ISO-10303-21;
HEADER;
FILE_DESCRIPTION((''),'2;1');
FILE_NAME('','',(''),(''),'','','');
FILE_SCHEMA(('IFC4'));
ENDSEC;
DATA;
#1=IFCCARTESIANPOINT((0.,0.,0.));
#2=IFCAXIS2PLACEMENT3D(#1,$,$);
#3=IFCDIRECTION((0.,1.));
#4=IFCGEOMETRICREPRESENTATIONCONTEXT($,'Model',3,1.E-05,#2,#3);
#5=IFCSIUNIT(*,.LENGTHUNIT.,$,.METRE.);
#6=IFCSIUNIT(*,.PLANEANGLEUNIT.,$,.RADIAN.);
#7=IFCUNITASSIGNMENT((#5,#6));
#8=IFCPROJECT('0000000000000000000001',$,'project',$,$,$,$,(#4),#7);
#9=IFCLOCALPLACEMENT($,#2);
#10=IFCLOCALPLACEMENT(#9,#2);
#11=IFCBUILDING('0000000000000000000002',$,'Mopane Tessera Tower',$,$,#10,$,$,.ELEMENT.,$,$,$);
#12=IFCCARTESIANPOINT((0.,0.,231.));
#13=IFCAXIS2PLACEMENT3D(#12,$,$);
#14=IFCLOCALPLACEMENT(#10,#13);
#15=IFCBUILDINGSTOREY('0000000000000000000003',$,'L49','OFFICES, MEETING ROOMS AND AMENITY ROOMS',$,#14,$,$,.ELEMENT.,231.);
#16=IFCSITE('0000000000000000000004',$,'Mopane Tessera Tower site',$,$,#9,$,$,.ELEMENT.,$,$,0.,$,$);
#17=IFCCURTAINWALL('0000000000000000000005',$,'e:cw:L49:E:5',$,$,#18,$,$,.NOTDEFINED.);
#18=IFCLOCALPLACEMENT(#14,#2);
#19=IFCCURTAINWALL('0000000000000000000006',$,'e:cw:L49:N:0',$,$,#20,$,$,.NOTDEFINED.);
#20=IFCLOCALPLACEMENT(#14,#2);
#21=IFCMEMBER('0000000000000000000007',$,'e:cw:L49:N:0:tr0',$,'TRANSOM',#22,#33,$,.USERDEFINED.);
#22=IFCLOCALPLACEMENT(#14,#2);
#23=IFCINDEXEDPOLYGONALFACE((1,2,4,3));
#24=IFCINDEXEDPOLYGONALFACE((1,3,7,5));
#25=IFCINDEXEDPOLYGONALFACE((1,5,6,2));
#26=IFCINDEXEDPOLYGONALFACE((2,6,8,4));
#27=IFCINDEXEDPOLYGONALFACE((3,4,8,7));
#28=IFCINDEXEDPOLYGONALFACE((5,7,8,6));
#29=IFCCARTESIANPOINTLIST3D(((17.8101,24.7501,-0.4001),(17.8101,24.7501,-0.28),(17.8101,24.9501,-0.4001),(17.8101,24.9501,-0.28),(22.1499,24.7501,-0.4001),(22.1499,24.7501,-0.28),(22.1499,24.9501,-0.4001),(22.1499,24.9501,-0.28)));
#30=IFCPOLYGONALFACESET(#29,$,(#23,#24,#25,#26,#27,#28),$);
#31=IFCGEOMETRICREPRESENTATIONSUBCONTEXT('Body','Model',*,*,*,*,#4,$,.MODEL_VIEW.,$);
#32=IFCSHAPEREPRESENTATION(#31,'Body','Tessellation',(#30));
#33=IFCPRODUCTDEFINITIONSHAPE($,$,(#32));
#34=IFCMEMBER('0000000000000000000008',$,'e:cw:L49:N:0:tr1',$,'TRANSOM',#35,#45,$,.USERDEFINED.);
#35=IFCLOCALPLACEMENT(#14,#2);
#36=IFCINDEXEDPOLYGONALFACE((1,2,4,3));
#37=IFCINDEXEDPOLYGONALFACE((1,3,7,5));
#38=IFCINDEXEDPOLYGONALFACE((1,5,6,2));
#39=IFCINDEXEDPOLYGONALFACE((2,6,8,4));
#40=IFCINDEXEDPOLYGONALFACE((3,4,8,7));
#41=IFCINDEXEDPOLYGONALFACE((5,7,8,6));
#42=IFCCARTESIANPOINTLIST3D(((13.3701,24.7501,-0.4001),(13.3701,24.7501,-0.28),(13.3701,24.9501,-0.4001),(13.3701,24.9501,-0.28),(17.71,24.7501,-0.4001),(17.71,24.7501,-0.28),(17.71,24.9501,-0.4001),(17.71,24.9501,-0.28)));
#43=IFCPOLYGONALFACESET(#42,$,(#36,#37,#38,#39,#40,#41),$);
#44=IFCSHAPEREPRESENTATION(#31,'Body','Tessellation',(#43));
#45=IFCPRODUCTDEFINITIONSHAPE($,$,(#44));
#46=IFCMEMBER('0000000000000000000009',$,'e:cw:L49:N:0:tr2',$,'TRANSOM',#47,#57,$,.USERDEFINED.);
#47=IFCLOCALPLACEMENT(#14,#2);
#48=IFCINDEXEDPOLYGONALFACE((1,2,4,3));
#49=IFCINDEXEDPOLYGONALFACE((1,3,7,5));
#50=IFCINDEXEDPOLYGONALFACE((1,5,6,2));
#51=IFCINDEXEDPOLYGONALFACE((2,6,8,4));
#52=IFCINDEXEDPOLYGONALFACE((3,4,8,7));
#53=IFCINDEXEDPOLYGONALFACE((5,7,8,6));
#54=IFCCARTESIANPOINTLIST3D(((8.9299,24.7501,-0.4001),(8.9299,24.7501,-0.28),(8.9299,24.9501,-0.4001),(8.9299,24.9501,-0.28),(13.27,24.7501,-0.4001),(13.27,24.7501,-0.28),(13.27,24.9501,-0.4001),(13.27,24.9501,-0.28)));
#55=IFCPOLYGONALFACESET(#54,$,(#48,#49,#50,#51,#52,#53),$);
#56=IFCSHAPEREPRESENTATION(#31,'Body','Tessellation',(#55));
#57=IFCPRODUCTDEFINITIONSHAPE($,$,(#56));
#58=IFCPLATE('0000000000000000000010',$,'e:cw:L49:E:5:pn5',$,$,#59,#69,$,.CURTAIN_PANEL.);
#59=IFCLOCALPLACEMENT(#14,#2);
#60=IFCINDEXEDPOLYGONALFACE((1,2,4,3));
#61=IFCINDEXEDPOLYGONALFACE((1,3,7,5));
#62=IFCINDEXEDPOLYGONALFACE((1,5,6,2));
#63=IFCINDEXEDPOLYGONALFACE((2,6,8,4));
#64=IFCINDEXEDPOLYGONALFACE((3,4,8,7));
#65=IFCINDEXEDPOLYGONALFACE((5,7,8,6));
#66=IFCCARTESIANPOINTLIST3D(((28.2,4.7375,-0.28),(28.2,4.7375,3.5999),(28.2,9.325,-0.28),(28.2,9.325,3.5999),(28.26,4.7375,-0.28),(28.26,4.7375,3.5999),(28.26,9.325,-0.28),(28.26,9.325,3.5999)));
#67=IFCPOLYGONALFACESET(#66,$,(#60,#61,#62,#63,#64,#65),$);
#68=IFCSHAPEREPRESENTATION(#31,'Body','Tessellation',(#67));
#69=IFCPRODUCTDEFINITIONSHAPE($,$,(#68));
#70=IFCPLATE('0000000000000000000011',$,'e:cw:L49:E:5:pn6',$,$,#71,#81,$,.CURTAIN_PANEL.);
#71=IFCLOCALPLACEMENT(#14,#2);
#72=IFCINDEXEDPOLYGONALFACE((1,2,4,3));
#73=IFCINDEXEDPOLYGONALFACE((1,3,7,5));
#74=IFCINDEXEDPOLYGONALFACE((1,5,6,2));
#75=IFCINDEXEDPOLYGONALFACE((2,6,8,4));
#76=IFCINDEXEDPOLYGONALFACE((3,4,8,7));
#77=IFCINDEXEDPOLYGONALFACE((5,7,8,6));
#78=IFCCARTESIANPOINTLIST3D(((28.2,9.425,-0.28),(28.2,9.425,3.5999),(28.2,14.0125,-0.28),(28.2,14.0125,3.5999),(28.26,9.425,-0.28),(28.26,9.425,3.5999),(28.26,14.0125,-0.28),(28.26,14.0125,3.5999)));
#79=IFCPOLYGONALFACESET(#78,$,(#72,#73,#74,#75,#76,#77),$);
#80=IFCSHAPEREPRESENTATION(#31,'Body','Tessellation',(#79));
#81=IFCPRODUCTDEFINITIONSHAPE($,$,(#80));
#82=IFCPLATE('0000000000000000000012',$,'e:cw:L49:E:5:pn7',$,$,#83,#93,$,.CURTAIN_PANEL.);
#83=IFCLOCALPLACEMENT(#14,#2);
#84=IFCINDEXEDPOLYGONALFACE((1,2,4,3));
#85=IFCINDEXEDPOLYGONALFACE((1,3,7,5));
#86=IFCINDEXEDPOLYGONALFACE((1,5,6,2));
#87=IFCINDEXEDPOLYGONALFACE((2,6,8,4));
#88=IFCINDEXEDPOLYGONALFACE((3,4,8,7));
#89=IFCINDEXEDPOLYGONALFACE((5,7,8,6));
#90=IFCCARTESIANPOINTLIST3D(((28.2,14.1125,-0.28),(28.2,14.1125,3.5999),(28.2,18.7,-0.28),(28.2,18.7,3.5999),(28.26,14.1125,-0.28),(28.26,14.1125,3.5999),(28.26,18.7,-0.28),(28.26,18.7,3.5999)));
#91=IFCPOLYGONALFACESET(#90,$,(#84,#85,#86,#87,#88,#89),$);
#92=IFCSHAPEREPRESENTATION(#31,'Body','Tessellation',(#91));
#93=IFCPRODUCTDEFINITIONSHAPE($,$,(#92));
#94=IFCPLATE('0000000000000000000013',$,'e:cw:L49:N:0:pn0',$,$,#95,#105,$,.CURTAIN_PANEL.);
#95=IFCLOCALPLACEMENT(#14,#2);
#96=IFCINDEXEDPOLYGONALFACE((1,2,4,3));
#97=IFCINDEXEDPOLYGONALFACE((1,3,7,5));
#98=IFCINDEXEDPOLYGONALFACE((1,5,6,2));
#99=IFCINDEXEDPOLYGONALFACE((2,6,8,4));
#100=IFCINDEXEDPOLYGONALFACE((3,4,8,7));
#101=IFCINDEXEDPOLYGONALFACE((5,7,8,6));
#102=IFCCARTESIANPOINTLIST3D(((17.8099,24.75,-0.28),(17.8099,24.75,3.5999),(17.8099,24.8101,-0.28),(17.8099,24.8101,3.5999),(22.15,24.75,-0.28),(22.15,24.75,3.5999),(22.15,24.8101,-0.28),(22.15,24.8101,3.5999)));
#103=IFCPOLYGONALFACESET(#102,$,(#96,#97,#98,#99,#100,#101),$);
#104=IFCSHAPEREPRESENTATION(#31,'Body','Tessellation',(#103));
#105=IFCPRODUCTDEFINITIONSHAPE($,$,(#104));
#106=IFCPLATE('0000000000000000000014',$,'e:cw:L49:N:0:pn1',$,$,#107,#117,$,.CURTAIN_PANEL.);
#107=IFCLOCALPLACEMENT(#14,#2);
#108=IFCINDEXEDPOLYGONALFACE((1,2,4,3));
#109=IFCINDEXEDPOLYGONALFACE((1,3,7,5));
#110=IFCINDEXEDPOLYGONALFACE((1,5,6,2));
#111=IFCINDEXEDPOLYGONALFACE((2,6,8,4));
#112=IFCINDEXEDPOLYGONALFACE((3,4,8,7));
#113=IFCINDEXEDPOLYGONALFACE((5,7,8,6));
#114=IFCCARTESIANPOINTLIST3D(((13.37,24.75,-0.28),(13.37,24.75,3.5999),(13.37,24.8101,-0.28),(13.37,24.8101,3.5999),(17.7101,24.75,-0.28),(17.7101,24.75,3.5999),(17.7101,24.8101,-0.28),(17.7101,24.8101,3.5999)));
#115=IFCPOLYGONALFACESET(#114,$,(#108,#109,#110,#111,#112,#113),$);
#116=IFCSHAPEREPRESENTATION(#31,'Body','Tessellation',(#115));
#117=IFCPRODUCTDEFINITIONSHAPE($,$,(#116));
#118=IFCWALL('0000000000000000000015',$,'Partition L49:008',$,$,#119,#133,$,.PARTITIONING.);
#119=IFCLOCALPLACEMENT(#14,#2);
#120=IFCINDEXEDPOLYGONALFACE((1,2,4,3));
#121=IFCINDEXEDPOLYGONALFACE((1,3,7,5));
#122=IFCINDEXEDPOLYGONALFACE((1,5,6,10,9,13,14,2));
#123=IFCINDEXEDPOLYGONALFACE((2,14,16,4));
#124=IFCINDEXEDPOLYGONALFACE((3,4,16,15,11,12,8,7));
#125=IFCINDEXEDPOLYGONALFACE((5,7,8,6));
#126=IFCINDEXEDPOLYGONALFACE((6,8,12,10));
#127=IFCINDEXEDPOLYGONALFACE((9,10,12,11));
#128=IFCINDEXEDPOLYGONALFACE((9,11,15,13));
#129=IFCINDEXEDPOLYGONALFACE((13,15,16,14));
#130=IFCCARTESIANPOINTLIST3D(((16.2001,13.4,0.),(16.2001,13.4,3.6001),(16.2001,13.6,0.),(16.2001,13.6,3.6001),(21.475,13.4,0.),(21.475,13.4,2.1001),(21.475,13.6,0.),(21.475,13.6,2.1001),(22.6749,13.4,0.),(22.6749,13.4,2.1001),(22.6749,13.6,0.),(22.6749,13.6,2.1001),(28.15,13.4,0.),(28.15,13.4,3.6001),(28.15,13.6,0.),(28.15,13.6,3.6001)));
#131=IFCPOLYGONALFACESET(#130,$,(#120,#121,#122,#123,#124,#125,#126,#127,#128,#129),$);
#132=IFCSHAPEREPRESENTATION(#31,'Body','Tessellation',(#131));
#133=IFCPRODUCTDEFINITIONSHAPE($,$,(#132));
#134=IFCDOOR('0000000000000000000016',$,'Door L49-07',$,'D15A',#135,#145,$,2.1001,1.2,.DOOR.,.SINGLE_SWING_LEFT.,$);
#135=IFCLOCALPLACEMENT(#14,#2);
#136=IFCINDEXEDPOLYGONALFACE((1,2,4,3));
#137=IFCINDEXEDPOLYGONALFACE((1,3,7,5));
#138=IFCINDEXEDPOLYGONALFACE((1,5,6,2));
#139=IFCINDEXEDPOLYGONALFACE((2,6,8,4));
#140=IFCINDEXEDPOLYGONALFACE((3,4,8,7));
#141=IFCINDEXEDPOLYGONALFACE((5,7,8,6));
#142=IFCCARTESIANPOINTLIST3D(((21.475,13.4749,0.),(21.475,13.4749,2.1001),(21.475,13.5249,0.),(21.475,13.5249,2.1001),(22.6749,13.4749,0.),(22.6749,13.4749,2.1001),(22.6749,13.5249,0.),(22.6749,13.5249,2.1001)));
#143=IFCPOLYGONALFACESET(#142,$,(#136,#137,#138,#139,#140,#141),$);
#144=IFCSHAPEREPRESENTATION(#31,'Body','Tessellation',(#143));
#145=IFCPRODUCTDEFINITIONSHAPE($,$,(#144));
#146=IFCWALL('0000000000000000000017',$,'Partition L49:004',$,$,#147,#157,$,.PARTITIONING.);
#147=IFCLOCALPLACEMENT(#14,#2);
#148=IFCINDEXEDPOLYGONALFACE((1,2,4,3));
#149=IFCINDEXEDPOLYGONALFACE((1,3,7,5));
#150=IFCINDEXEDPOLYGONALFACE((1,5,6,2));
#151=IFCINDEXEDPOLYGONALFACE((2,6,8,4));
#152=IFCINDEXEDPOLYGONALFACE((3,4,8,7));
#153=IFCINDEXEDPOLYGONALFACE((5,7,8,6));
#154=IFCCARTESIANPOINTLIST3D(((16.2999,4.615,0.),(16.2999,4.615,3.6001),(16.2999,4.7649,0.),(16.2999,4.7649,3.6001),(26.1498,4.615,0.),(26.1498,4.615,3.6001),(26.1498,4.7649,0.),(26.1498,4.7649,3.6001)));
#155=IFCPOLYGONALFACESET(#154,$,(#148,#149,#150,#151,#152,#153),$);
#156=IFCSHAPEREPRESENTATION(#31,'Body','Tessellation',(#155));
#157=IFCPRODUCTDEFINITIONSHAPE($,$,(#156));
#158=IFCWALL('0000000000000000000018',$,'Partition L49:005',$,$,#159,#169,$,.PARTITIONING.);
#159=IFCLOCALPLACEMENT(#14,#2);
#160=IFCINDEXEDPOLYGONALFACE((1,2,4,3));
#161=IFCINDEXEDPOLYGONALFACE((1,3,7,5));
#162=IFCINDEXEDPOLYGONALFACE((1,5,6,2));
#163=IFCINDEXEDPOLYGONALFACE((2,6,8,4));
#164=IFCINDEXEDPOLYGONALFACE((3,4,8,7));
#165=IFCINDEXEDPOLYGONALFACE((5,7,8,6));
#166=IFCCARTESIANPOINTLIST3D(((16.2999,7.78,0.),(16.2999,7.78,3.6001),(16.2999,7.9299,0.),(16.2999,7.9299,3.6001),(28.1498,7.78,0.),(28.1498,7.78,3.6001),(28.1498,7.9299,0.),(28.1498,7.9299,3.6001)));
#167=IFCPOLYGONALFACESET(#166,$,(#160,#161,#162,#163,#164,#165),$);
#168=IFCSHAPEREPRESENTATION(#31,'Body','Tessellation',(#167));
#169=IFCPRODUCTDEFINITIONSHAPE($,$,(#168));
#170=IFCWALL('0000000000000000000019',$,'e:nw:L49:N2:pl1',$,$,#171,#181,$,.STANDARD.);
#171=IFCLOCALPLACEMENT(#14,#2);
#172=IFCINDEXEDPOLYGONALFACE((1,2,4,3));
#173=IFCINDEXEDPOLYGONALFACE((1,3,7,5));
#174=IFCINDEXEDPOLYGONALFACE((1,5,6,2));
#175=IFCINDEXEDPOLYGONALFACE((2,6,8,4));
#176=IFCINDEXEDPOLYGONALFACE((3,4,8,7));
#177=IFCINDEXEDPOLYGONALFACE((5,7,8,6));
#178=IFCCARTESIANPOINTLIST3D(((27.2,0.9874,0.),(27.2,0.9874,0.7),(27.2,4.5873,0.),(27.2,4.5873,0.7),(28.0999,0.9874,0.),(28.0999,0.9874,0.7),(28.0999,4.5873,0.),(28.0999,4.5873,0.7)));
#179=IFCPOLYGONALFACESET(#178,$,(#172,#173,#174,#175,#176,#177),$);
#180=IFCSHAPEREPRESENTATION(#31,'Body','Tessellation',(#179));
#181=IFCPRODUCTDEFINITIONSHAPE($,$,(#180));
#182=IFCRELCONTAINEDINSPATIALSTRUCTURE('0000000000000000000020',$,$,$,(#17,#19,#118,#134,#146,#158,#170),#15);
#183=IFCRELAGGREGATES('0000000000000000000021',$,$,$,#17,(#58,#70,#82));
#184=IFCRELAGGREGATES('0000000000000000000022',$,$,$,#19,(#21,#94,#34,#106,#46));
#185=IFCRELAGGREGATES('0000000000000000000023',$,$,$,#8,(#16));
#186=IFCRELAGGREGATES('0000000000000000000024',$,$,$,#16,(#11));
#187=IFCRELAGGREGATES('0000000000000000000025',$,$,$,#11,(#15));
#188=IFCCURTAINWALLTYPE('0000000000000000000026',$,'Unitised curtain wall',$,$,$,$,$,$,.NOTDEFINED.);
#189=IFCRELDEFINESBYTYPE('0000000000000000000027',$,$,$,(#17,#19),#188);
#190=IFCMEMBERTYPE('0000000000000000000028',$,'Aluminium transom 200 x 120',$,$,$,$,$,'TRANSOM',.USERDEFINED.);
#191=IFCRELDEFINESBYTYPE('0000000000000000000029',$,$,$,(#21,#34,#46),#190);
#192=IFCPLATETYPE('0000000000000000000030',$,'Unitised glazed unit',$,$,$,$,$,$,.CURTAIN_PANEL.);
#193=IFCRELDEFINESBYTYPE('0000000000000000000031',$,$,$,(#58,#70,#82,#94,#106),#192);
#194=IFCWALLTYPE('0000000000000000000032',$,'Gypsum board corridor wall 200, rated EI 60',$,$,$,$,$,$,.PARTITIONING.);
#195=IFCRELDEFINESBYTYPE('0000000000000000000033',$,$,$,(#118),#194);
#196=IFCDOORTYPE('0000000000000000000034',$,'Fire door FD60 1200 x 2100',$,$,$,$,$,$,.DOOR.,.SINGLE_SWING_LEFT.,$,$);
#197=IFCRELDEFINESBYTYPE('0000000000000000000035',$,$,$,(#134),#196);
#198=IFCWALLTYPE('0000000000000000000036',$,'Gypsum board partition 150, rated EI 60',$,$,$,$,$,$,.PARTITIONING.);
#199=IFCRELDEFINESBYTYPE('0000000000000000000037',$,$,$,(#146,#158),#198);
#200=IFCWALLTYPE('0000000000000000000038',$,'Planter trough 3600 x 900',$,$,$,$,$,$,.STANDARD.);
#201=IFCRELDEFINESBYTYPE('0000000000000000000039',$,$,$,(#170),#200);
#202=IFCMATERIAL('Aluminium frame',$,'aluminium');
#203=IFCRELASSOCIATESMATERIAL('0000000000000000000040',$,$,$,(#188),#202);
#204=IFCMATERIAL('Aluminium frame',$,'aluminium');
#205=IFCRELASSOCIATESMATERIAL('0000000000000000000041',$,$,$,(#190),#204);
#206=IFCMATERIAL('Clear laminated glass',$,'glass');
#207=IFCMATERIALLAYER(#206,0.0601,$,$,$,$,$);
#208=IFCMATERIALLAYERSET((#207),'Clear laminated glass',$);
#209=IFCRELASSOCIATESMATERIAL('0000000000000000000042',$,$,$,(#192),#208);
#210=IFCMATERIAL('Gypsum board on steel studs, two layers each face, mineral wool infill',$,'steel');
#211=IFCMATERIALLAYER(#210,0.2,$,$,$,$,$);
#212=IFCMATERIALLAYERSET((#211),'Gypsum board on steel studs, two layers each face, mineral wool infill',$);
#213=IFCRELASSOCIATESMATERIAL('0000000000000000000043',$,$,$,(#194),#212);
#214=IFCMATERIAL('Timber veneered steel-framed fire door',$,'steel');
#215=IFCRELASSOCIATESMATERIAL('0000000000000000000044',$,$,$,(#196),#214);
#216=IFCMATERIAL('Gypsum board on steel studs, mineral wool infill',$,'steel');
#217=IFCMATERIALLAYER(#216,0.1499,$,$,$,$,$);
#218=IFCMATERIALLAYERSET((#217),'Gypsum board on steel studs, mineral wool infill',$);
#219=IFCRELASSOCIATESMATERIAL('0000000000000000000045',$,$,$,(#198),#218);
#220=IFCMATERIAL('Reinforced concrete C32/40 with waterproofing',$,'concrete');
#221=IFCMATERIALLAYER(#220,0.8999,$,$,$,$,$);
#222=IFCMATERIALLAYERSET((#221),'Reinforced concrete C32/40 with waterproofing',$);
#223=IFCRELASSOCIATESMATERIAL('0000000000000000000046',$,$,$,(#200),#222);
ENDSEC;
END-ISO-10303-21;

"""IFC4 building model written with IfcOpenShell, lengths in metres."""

from ifc_helpers import new_model, si_unit, direction, frame, frame_2d, origin, origin_2d, place, context, subcontext, project, spatial, rectangle, extrude, material, layer, layer_set, material_profile, profile_set, type_object, element, fill, aggregate, save


model = new_model("IFC4")

# Units and contexts
model_context = context("Model", 3, precision=1e-05, world=origin(), true_north=direction((0.0, 1.0)))
body_context = subcontext(model_context, "Body", "Model", "MODEL_VIEW")
ifc_project = project(units=[si_unit("LENGTHUNIT", "METRE"), si_unit("PLANEANGLEUNIT", "RADIAN")], contexts=[model_context])

# Site, building, storey
site_placement = place(None, origin())
site = spatial("IfcSite", under=ifc_project, at=site_placement, Name="Mopane Tessera Tower site", CompositionType="ELEMENT", RefElevation=0.0)
building_placement = place(site_placement, origin())
building = spatial("IfcBuilding", under=site, at=building_placement, Name="Mopane Tessera Tower", CompositionType="ELEMENT")
storey_placement = place(building_placement, frame((0.0, 0.0, 231.0)))
storey = spatial("IfcBuildingStorey", under=building, at=storey_placement, Name="L49", Description="OFFICES, MEETING ROOMS AND AMENITY ROOMS", CompositionType="ELEMENT", Elevation=231.0)

# Curtain walls
ifc_material_1 = material(Name="Aluminium frame", Category="aluminium")
curtain_wall_type = type_object("IfcCurtainWallType", Name="Unitised curtain wall", PredefinedType="NOTDEFINED", material=ifc_material_1)
curtain_wall_1_placement = place(storey_placement, origin())
curtain_wall_1 = element("IfcCurtainWall", 1, at=curtain_wall_1_placement, inside=storey, type_object=curtain_wall_type, Name="e:cw:L49:E:5", PredefinedType="NOTDEFINED")
curtain_wall_2_placement = place(storey_placement, origin())
curtain_wall_2 = element("IfcCurtainWall", 2, at=curtain_wall_2_placement, inside=storey, type_object=curtain_wall_type, Name="e:cw:L49:N:0", PredefinedType="NOTDEFINED")

# Members
ifc_material_2 = material(Name="Aluminium frame", Category="aluminium")
ifc_material_profile_1 = material_profile(ifc_material_2, rectangle(XDim=0.2, YDim=0.1201, at=origin_2d()))
ifc_profile_set_1 = profile_set([ifc_material_profile_1], Name="Aluminium frame")
member_type_1 = type_object("IfcMemberType", Name="Aluminium transom 200 x 120", ElementType="TRANSOM", PredefinedType="USERDEFINED", material=ifc_profile_set_1)
member_1_placement = place(storey_placement, frame((22.1499, 24.8501, -0.3401), z_axis=(-1.0, 0.0, 0.0), x_axis=(0.0, -1.0, 0.0)))
member_1 = element("IfcMember", 3, at=member_1_placement, type_object=member_type_1, Name="e:cw:L49:N:0:tr0", ObjectType="TRANSOM", PredefinedType="USERDEFINED", context=body_context, shape_type="SweptSolid", body=[
    extrude(rectangle(XDim=0.2, YDim=0.1201, at=origin_2d()), origin(), (0.0, 0.0, 1.0), 4.3398),
])
member_2_placement = place(storey_placement, frame((17.71, 24.8501, -0.3401), z_axis=(-1.0, 0.0, 0.0), x_axis=(0.0, -1.0, 0.0)))
member_2 = element("IfcMember", 4, at=member_2_placement, type_object=member_type_1, Name="e:cw:L49:N:0:tr1", ObjectType="TRANSOM", PredefinedType="USERDEFINED", context=body_context, shape_type="SweptSolid", body=[
    extrude(rectangle(XDim=0.2, YDim=0.1201, at=origin_2d()), origin(), (0.0, 0.0, 1.0), 4.3398),
])
member_3_placement = place(storey_placement, frame((13.27, 24.8501, -0.3401), z_axis=(-1.0, 0.0, 0.0), x_axis=(0.0, -1.0, 0.0)))
member_3 = element("IfcMember", 5, at=member_3_placement, type_object=member_type_1, Name="e:cw:L49:N:0:tr2", ObjectType="TRANSOM", PredefinedType="USERDEFINED", context=body_context, shape_type="SweptSolid", body=[
    extrude(rectangle(XDim=0.2, YDim=0.1201, at=origin_2d()), origin(), (0.0, 0.0, 1.0), 4.3401),
])

# Plates
ifc_material_3 = material(Name="Clear laminated glass", Category="glass")
ifc_layer_1 = layer(ifc_material_3, 0.0601)
ifc_layer_set_1 = layer_set([ifc_layer_1], Name="Clear laminated glass")
plate_type = type_object("IfcPlateType", Name="Unitised glazed unit", PredefinedType="CURTAIN_PANEL", material=ifc_layer_set_1)
plate_1_placement = place(storey_placement, frame((28.23, 7.0312, -0.28), z_axis=(0.0, 0.0, 1.0), x_axis=(0.0, 1.0, 0.0)))
plate_1 = element("IfcPlate", 6, at=plate_1_placement, type_object=plate_type, Name="e:cw:L49:E:5:pn5", PredefinedType="CURTAIN_PANEL", context=body_context, shape_type="SweptSolid", body=[
    extrude(rectangle(XDim=4.5874, YDim=0.0601, at=origin_2d()), origin(), (0.0, 0.0, 1.0), 3.8799),
])
plate_2_placement = place(storey_placement, frame((28.23, 11.7188, -0.28), z_axis=(0.0, 0.0, 1.0), x_axis=(0.0, 1.0, 0.0)))
plate_2 = element("IfcPlate", 7, at=plate_2_placement, type_object=plate_type, Name="e:cw:L49:E:5:pn6", PredefinedType="CURTAIN_PANEL", context=body_context, shape_type="SweptSolid", body=[
    extrude(rectangle(XDim=4.5874, YDim=0.0601, at=origin_2d()), origin(), (0.0, 0.0, 1.0), 3.8799),
])
plate_3_placement = place(storey_placement, frame((28.23, 16.4062, -0.28), z_axis=(0.0, 0.0, 1.0), x_axis=(0.0, 1.0, 0.0)))
plate_3 = element("IfcPlate", 8, at=plate_3_placement, type_object=plate_type, Name="e:cw:L49:E:5:pn7", PredefinedType="CURTAIN_PANEL", context=body_context, shape_type="SweptSolid", body=[
    extrude(rectangle(XDim=4.5874, YDim=0.0601, at=origin_2d()), origin(), (0.0, 0.0, 1.0), 3.8799),
])
aggregate(curtain_wall_1, [plate_1, plate_2, plate_3])
plate_4_placement = place(storey_placement, frame((19.98, 24.78, -0.28), z_axis=(0.0, 0.0, 1.0), x_axis=(-1.0, 0.0, 0.0)))
plate_4 = element("IfcPlate", 9, at=plate_4_placement, type_object=plate_type, Name="e:cw:L49:N:0:pn0", PredefinedType="CURTAIN_PANEL", context=body_context, shape_type="SweptSolid", body=[
    extrude(rectangle(XDim=4.3401, YDim=0.0601, at=origin_2d()), origin(), (0.0, 0.0, 1.0), 3.8799),
])
plate_5_placement = place(storey_placement, frame((15.54, 24.78, -0.28), z_axis=(0.0, 0.0, 1.0), x_axis=(-1.0, 0.0, 0.0)))
plate_5 = element("IfcPlate", 10, at=plate_5_placement, type_object=plate_type, Name="e:cw:L49:N:0:pn1", PredefinedType="CURTAIN_PANEL", context=body_context, shape_type="SweptSolid", body=[
    extrude(rectangle(XDim=4.3401, YDim=0.0601, at=origin_2d()), origin(), (0.0, 0.0, 1.0), 3.8799),
])
aggregate(curtain_wall_2, [member_1, plate_4, member_2, plate_5, member_3])

# Wall, opening, door
ifc_material_4 = material(Name="Gypsum board on steel studs, two layers each face, mineral wool infill", Category="steel")
ifc_layer_2 = layer(ifc_material_4, 0.2)
ifc_layer_set_2 = layer_set([ifc_layer_2], Name="Gypsum board on steel studs, two layers each face, mineral wool infill")
wall_type_1 = type_object("IfcWallType", Name="Gypsum board corridor wall 200, rated EI 60", PredefinedType="PARTITIONING", material=ifc_layer_set_2)
wall_1_placement = place(storey_placement, frame((16.2, 13.5, 0.0), z_axis=(0.0, 0.0, 1.0), x_axis=(1.0, 0.0, 0.0)))
wall_1 = element("IfcWall", 11, at=wall_1_placement, inside=storey, type_object=wall_type_1, Name="Partition L49:008", PredefinedType="PARTITIONING", context=body_context, shape_type="SweptSolid", body=[
    extrude(rectangle(XDim=11.95, YDim=0.2, at=frame_2d((5.9751, 0.0))), origin(), (0.0, 0.0, 1.0), 3.6001),
])
opening_placement = place(wall_1_placement, frame((5.2749, 0.0, 0.0)))
opening = element("IfcOpeningElement", 12, at=opening_placement, cuts=wall_1, PredefinedType="OPENING", context=body_context, shape_type="SweptSolid", body=[
    extrude(rectangle(XDim=1.2, YDim=2.1001, at=frame_2d((0.6001, 1.05))), frame((0.0, 0.1121, 0.0), z_axis=(0.0, -1.0, 0.0), x_axis=(1.0, 0.0, 0.0)), (0.0, 0.0, 1.0), 0.2239),
])
ifc_material_5 = material(Name="Timber veneered steel-framed fire door", Category="steel")
door_type = type_object("IfcDoorType", Name="Fire door FD60 1200 x 2100", OperationType="SINGLE_SWING_LEFT", PredefinedType="DOOR", material=ifc_material_5)
door_placement = place(opening_placement, origin())
door = element("IfcDoor", 13, at=door_placement, inside=storey, type_object=door_type, Name="Door L49-07", ObjectType="D15A", OperationType="SINGLE_SWING_LEFT", OverallHeight=2.1001, OverallWidth=1.2, PredefinedType="DOOR", context=body_context, shape_type="SweptSolid", body=[
    extrude(rectangle(XDim=1.2, YDim=2.1001, at=frame_2d((0.6001, 1.05))), frame((0.0, 0.0249, 0.0), z_axis=(0.0, -1.0, 0.0), x_axis=(1.0, 0.0, 0.0)), (0.0, 0.0, 1.0), 0.05),
])
fill(opening, door)

# Walls
ifc_material_6 = material(Name="Gypsum board on steel studs, mineral wool infill", Category="steel")
ifc_layer_3 = layer(ifc_material_6, 0.1499)
ifc_layer_set_3 = layer_set([ifc_layer_3], Name="Gypsum board on steel studs, mineral wool infill")
wall_type_2 = type_object("IfcWallType", Name="Gypsum board partition 150, rated EI 60", PredefinedType="PARTITIONING", material=ifc_layer_set_3)
wall_2_placement = place(storey_placement, frame((16.3, 4.6899, 0.0), z_axis=(0.0, 0.0, 1.0), x_axis=(1.0, 0.0, 0.0)))
element("IfcWall", 14, at=wall_2_placement, inside=storey, type_object=wall_type_2, Name="Partition L49:004", PredefinedType="PARTITIONING", context=body_context, shape_type="SweptSolid", body=[
    extrude(rectangle(XDim=9.8499, YDim=0.1499, at=frame_2d((4.9248, 0.0))), origin(), (0.0, 0.0, 1.0), 3.6001),
])
wall_3_placement = place(storey_placement, frame((16.3, 7.855, 0.0), z_axis=(0.0, 0.0, 1.0), x_axis=(1.0, 0.0, 0.0)))
element("IfcWall", 15, at=wall_3_placement, inside=storey, type_object=wall_type_2, Name="Partition L49:005", PredefinedType="PARTITIONING", context=body_context, shape_type="SweptSolid", body=[
    extrude(rectangle(XDim=11.8499, YDim=0.1499, at=frame_2d((5.9248, 0.0))), origin(), (0.0, 0.0, 1.0), 3.6001),
])
ifc_material_7 = material(Name="Reinforced concrete C32/40 with waterproofing", Category="concrete")
ifc_layer_4 = layer(ifc_material_7, 0.8999)
ifc_layer_set_4 = layer_set([ifc_layer_4], Name="Reinforced concrete C32/40 with waterproofing")
wall_type_3 = type_object("IfcWallType", Name="Planter trough 3600 x 900", PredefinedType="STANDARD", material=ifc_layer_set_4)
wall_4_placement = place(storey_placement, frame((27.6499, 0.9875, 0.0), z_axis=(0.0, 0.0, 1.0), x_axis=(0.0, 1.0, 0.0)))
element("IfcWall", 16, at=wall_4_placement, inside=storey, type_object=wall_type_3, Name="e:nw:L49:N2:pl1", PredefinedType="STANDARD", context=body_context, shape_type="SweptSolid", body=[
    extrude(rectangle(XDim=3.5999, YDim=0.8999, at=frame_2d((1.7998, 0.0))), origin(), (0.0, 0.0, 1.0), 0.7),
])

save(model, "model.ifc")
